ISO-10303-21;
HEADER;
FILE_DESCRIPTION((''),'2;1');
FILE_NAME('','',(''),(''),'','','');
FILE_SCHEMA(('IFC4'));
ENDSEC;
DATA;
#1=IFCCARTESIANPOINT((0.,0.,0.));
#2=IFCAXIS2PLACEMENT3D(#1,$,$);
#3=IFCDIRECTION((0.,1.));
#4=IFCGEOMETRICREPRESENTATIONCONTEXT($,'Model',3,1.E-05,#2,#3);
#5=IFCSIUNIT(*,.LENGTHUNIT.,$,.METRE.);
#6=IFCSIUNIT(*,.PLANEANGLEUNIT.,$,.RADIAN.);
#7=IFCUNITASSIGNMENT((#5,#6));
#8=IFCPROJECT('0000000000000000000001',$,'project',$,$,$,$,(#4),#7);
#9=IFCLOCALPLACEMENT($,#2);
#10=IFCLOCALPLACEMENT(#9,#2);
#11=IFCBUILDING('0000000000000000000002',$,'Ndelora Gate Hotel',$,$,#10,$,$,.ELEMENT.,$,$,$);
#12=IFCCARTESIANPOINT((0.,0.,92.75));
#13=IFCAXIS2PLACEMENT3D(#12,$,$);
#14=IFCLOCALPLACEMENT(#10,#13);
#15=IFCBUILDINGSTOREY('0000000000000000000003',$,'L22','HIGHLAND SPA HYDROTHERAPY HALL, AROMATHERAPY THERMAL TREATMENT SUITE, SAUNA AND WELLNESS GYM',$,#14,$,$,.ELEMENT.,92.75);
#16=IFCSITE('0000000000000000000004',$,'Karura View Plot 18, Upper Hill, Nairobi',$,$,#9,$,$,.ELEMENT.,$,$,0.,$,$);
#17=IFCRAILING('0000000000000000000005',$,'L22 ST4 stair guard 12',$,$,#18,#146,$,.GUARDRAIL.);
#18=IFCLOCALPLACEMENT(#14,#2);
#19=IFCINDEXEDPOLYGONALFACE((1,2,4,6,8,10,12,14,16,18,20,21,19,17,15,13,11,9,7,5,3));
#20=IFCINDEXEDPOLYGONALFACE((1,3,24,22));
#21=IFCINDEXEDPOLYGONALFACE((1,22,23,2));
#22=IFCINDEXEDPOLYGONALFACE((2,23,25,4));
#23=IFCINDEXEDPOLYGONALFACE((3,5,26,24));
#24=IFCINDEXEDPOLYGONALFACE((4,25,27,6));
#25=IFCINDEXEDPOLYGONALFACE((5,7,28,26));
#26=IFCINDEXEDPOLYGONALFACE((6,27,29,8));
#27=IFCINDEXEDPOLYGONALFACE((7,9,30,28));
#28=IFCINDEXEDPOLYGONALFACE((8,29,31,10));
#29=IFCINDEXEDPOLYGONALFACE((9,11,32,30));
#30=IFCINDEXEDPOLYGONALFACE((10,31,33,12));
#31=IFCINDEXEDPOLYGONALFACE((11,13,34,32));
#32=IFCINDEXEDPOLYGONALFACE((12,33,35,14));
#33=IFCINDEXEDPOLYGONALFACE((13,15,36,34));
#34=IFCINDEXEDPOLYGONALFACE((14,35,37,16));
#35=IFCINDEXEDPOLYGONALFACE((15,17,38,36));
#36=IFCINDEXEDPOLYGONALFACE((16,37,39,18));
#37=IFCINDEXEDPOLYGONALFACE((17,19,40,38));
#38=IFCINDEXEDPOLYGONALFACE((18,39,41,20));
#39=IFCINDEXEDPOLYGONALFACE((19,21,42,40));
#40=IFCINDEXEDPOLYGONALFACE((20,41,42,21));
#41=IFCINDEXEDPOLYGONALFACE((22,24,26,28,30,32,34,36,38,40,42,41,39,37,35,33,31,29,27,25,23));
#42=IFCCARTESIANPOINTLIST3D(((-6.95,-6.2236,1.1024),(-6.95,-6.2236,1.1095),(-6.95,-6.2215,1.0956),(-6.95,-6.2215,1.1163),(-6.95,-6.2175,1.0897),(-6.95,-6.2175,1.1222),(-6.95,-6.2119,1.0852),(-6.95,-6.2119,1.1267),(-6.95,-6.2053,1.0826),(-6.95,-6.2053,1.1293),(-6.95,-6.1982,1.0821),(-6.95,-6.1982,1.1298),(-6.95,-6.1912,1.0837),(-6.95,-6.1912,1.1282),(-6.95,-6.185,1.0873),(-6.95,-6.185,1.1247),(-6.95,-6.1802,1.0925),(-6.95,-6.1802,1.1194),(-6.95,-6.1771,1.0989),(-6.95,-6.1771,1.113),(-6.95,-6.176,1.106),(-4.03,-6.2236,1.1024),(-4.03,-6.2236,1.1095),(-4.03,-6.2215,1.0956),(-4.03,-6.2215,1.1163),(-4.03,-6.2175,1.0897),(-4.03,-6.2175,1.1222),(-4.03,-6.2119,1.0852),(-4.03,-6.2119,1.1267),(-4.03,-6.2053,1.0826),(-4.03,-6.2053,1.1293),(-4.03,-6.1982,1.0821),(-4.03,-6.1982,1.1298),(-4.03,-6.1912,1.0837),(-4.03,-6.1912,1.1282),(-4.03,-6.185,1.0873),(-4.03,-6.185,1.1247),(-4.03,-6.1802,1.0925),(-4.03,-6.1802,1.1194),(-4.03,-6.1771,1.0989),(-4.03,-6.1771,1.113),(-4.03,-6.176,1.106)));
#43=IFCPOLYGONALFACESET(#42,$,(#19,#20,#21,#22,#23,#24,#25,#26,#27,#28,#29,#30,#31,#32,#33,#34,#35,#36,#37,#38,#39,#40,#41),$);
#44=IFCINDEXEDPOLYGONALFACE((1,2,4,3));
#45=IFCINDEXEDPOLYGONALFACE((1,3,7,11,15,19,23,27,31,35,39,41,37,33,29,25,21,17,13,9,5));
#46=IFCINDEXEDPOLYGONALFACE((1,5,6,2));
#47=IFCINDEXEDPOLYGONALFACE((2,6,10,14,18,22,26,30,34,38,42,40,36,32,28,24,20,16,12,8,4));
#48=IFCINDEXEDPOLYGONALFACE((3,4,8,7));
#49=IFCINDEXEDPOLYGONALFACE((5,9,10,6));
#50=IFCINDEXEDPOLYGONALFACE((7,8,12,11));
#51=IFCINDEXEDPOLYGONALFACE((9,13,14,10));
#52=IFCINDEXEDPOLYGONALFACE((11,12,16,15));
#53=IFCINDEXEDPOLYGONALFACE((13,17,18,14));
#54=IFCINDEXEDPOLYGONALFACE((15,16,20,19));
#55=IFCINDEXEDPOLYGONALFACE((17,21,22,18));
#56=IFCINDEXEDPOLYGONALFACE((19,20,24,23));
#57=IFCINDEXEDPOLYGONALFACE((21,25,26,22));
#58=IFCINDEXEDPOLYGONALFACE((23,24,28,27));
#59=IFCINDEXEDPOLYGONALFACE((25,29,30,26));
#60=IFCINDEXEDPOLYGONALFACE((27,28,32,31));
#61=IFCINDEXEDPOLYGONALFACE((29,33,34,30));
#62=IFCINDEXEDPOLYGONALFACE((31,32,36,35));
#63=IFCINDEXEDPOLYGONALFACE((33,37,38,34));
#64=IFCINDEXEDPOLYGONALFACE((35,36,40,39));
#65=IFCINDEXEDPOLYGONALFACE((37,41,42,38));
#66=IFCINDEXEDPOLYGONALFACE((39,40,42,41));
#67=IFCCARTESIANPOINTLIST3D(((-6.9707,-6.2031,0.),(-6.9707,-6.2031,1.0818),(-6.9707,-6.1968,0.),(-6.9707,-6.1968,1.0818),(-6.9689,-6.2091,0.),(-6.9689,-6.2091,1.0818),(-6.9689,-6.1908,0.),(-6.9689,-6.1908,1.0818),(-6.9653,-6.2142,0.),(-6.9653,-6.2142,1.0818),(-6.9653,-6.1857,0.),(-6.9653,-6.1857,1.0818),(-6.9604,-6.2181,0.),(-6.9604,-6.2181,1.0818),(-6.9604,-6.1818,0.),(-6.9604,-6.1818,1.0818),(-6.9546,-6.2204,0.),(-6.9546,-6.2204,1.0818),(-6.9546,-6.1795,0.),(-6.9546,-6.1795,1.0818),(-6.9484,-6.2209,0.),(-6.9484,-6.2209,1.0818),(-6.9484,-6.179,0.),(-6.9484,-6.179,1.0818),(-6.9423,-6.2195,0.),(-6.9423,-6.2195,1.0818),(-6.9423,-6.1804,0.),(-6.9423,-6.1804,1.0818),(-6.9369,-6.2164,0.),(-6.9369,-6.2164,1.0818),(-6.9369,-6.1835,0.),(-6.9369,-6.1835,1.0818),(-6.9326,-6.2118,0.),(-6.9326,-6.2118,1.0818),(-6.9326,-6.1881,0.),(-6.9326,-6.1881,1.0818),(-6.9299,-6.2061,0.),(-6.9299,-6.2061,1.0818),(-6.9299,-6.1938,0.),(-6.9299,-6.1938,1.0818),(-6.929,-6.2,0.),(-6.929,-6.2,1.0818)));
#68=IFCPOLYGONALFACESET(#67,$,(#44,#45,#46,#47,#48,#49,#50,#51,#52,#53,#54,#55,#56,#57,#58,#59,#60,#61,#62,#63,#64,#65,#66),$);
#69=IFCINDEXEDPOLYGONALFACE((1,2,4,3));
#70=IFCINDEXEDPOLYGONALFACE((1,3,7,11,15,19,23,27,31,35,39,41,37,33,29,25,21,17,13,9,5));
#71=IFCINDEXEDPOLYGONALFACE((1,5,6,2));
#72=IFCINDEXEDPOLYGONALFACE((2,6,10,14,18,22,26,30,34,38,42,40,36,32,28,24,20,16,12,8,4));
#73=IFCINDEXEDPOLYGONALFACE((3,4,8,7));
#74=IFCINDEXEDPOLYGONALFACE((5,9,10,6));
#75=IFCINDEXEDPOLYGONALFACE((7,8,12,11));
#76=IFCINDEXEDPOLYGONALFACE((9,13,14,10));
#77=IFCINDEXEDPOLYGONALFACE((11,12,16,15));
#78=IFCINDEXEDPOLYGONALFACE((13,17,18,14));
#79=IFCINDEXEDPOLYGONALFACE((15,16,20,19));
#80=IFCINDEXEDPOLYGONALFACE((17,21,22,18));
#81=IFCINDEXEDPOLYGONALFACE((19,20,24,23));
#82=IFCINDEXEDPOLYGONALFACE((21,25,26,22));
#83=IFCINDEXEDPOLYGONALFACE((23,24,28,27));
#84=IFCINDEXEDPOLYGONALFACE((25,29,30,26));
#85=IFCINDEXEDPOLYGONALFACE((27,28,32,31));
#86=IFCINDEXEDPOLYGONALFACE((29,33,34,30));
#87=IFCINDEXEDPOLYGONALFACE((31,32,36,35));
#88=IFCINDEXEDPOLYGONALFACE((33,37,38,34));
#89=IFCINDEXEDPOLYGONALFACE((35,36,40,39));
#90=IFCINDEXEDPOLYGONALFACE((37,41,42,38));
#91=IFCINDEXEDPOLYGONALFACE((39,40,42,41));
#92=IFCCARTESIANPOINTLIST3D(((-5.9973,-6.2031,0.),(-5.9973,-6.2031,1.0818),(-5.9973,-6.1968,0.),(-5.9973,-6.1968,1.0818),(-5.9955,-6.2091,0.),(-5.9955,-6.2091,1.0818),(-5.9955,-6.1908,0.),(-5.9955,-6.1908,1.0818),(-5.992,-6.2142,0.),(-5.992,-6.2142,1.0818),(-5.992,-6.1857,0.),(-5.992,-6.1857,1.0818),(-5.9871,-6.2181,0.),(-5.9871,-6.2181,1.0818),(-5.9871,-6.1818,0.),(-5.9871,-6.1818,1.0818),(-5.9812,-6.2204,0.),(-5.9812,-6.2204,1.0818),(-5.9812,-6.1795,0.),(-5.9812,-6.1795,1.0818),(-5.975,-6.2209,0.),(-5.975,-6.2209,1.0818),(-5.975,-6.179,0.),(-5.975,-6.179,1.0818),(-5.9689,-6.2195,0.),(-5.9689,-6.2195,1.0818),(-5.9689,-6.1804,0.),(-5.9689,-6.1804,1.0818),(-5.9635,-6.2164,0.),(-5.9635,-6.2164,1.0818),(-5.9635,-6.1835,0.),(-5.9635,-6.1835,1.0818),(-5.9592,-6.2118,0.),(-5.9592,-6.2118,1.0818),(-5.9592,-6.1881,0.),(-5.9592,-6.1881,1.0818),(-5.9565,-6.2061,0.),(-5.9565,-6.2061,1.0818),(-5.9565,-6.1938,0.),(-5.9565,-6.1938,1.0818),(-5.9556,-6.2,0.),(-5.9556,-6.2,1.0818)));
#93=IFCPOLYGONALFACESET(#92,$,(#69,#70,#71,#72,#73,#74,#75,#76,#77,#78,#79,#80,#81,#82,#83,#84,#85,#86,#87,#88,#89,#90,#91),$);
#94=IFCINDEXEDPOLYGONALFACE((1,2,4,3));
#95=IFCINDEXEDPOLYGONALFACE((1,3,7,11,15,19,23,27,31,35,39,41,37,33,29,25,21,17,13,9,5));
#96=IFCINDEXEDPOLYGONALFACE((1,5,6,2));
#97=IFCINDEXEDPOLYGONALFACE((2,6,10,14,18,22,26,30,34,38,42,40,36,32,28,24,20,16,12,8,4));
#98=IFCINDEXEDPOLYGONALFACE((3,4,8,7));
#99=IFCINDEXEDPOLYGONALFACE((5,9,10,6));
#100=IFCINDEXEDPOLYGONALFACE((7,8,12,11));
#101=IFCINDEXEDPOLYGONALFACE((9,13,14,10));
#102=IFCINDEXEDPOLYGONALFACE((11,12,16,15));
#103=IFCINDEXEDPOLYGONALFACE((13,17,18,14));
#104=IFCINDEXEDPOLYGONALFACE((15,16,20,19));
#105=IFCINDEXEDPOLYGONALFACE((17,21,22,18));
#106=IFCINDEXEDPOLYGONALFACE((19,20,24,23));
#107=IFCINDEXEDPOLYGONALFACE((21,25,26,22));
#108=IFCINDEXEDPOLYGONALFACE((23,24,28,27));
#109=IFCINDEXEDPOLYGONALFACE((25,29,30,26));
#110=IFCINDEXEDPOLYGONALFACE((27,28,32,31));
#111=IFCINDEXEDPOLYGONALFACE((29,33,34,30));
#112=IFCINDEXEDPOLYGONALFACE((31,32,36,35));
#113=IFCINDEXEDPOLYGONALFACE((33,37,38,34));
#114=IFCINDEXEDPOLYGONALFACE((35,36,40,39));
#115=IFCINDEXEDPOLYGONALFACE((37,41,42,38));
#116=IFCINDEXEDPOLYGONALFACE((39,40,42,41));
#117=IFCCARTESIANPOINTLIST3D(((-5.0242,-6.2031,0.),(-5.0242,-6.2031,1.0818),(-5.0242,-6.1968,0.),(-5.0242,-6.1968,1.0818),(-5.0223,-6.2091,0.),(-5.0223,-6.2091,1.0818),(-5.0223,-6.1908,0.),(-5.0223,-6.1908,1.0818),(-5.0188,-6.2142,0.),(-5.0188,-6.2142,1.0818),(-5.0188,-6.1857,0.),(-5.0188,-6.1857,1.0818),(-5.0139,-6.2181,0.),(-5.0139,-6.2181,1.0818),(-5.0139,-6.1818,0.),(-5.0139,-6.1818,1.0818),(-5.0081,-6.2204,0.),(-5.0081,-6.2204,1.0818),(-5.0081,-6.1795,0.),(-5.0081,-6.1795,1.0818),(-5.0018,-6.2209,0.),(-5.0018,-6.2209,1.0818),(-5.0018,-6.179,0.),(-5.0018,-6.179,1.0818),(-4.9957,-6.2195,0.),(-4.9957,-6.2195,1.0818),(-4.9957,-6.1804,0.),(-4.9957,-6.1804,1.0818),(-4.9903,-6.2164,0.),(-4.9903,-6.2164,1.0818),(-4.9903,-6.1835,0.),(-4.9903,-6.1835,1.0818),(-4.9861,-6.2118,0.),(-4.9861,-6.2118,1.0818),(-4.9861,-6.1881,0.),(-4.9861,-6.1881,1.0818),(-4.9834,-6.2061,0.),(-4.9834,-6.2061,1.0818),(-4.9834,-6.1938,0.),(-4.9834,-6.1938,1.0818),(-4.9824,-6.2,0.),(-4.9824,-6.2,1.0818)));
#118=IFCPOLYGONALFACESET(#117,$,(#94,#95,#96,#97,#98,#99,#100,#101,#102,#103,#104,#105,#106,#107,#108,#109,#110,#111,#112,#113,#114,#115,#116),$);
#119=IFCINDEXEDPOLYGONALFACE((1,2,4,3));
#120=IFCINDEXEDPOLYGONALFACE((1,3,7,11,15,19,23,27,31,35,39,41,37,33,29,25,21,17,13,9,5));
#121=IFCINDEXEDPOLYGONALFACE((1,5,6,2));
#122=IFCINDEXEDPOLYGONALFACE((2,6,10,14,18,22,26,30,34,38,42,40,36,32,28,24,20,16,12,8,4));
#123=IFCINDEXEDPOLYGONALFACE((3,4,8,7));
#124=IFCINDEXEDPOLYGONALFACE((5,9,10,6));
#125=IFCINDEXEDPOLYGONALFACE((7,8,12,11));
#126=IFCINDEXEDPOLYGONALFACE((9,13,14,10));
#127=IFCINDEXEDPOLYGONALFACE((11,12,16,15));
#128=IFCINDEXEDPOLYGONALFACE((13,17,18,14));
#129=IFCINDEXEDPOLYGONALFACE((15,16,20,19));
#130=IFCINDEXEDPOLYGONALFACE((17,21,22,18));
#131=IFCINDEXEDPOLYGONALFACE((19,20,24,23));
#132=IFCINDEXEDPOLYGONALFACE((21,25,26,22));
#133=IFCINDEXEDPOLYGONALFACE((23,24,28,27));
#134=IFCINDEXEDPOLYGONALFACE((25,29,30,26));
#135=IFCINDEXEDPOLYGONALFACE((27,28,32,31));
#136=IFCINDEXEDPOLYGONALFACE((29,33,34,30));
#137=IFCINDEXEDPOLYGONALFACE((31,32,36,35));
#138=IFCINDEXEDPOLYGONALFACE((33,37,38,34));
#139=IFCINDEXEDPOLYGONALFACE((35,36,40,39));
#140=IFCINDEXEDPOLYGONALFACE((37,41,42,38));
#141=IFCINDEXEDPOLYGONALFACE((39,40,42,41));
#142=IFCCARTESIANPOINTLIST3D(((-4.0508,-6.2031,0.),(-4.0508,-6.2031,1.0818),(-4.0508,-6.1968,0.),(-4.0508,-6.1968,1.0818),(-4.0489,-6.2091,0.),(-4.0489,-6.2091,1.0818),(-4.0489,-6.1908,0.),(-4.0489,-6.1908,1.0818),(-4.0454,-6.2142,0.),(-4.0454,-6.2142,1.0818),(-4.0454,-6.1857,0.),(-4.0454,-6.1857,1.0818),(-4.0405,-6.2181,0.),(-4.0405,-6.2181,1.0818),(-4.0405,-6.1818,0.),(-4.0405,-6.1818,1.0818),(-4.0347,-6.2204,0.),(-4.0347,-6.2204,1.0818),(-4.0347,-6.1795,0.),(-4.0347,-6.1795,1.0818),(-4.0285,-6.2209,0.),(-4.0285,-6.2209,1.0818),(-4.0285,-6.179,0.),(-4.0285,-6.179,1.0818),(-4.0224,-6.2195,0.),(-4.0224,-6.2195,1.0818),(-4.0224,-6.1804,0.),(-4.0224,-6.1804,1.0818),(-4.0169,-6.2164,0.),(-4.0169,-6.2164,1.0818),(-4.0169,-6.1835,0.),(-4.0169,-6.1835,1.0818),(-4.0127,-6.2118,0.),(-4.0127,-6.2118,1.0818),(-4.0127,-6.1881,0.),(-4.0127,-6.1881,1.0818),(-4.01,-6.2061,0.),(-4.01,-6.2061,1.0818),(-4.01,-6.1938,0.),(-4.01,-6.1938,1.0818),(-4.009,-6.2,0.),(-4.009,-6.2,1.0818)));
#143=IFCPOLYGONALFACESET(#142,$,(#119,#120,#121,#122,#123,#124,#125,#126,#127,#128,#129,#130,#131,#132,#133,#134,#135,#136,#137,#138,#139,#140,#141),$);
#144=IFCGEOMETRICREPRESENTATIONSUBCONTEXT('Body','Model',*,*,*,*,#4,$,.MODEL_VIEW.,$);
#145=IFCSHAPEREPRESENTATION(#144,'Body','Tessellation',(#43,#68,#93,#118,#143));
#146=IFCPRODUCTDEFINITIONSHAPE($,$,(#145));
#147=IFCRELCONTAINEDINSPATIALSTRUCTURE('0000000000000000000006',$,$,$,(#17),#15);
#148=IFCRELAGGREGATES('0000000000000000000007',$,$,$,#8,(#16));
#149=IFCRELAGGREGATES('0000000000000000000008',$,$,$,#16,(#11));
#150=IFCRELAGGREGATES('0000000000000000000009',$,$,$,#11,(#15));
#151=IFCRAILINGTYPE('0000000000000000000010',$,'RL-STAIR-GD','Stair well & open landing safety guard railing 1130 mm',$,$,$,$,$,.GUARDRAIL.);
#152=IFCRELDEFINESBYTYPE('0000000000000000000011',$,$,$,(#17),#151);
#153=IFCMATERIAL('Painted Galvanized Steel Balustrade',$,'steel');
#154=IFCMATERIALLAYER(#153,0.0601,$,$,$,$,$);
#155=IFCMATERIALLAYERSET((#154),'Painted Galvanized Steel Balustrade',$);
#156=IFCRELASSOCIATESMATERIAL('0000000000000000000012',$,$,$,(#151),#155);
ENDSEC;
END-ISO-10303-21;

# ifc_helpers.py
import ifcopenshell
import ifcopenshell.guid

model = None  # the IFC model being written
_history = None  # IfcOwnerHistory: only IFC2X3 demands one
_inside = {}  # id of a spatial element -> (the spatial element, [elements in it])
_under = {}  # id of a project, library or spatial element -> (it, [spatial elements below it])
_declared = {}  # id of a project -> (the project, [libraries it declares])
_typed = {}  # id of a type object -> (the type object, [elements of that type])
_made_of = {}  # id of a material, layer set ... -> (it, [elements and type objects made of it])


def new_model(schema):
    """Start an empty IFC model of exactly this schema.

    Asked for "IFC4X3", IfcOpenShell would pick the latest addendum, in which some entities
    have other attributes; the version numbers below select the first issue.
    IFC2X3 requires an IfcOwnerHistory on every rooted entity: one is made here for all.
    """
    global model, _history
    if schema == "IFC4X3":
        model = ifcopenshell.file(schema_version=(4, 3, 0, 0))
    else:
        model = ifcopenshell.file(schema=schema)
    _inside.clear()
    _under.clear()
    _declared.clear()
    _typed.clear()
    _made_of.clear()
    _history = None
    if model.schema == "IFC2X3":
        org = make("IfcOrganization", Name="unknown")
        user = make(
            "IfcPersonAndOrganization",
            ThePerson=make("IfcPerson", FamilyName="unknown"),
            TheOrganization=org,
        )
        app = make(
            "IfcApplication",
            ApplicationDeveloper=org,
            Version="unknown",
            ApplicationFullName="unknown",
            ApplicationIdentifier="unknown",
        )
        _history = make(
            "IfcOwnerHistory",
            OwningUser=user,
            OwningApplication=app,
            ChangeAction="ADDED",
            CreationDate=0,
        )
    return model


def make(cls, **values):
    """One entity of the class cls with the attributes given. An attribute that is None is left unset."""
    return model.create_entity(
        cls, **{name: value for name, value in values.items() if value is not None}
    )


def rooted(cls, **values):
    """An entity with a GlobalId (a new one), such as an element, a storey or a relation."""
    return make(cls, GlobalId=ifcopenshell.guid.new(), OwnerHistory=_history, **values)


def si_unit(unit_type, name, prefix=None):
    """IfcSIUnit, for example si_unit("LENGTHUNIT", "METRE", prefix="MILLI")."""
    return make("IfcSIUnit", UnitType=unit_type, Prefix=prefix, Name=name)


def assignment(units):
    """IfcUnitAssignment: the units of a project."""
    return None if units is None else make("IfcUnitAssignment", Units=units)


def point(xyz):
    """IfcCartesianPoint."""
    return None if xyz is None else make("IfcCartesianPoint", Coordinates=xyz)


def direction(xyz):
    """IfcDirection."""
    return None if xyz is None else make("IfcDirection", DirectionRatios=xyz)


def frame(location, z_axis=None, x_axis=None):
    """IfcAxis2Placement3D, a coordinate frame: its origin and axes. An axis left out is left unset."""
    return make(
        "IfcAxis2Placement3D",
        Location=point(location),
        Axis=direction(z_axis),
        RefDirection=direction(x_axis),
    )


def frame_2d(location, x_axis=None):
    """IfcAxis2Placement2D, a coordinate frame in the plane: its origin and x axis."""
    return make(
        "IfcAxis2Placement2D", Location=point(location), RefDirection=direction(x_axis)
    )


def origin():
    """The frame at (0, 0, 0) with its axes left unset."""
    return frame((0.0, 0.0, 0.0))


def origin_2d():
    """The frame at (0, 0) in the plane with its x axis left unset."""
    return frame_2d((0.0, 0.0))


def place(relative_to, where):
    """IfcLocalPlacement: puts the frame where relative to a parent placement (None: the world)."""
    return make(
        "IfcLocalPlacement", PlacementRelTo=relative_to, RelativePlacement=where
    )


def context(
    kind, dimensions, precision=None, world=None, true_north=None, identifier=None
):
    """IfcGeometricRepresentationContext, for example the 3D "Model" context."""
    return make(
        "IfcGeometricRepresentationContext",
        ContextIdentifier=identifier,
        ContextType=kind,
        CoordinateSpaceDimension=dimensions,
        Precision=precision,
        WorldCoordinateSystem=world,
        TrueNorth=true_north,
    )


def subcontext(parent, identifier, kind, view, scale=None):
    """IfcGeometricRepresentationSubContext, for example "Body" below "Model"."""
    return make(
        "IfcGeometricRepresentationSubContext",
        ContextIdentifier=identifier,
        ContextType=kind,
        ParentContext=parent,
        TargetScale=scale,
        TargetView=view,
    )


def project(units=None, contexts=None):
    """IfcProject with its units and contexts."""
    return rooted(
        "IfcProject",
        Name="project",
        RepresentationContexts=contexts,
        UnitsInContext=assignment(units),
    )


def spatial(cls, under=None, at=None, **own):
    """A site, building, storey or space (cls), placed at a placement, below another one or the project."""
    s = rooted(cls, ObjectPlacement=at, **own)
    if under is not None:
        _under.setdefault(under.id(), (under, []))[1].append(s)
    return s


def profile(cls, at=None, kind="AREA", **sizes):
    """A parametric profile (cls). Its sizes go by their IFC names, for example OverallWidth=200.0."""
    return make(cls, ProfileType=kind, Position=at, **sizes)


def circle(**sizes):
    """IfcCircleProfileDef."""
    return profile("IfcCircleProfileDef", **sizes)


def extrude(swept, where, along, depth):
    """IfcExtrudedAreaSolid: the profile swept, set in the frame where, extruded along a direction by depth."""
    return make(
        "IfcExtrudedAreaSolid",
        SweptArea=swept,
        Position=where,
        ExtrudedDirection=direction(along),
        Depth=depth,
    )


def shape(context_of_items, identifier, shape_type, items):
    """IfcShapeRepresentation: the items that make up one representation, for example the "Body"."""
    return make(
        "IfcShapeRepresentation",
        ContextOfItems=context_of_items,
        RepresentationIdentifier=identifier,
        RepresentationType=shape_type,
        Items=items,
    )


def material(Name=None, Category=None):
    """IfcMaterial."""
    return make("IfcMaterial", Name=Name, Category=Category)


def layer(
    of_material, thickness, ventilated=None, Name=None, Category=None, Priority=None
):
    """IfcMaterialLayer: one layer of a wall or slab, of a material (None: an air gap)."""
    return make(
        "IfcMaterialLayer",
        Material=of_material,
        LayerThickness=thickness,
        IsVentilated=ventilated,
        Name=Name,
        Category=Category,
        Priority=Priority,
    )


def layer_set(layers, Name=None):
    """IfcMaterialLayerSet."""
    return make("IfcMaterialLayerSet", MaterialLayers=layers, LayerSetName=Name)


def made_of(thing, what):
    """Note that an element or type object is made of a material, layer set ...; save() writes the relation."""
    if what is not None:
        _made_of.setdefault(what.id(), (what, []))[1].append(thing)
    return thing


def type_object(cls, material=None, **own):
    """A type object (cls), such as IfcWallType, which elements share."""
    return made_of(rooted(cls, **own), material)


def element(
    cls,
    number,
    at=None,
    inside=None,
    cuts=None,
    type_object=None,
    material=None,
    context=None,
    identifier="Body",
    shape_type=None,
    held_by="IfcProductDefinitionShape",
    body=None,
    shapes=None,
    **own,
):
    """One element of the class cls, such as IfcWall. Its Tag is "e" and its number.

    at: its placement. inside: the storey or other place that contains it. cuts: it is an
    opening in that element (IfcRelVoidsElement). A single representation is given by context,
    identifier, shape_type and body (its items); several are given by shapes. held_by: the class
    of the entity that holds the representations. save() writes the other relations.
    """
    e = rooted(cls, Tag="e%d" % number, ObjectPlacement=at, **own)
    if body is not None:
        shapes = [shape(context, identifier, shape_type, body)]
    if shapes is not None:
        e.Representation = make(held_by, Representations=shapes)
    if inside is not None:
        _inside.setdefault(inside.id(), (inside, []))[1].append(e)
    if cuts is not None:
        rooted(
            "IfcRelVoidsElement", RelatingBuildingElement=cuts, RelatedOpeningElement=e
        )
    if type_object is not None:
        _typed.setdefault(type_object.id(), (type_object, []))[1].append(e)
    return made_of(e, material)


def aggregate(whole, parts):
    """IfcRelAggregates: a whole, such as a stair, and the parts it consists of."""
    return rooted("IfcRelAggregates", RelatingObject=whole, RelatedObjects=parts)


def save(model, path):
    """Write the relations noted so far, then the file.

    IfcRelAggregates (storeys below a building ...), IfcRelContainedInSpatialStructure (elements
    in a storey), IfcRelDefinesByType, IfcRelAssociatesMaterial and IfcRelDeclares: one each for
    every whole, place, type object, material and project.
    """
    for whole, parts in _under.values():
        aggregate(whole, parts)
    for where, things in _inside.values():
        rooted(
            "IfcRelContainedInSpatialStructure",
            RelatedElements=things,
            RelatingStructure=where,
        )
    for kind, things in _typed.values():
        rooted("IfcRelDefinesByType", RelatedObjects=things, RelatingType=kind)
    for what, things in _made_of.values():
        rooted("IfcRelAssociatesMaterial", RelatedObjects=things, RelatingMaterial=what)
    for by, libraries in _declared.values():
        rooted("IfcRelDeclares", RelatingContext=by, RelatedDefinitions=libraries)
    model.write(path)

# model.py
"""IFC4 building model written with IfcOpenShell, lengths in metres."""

from ifc_helpers import new_model, si_unit, direction, frame, origin, origin_2d, place, context, subcontext, project, spatial, circle, extrude, material, layer, layer_set, type_object, element, save


model = new_model("IFC4")

# Units and contexts
model_context = context("Model", 3, precision=1e-05, world=origin(), true_north=direction((0.0, 1.0)))
body_context = subcontext(model_context, "Body", "Model", "MODEL_VIEW")
ifc_project = project(units=[si_unit("LENGTHUNIT", "METRE"), si_unit("PLANEANGLEUNIT", "RADIAN")], contexts=[model_context])

# Site, building, storey
site_placement = place(None, origin())
site = spatial("IfcSite", under=ifc_project, at=site_placement, Name="Karura View Plot 18, Upper Hill, Nairobi", CompositionType="ELEMENT", RefElevation=0.0)
building_placement = place(site_placement, origin())
building = spatial("IfcBuilding", under=site, at=building_placement, Name="Ndelora Gate Hotel", CompositionType="ELEMENT")
storey_placement = place(building_placement, frame((0.0, 0.0, 92.75)))
storey = spatial("IfcBuildingStorey", under=building, at=storey_placement, Name="L22", Description="HIGHLAND SPA HYDROTHERAPY HALL, AROMATHERAPY THERMAL TREATMENT SUITE, SAUNA AND WELLNESS GYM", CompositionType="ELEMENT", Elevation=92.75)

# Railing
ifc_material_1 = material(Name="Painted Galvanized Steel Balustrade", Category="steel")
ifc_layer_1 = layer(ifc_material_1, 0.0601)
ifc_layer_set_1 = layer_set([ifc_layer_1], Name="Painted Galvanized Steel Balustrade")
railing_type_1 = type_object("IfcRailingType", Name="RL-STAIR-GD", Description="Stair well & open landing safety guard railing 1130 mm", PredefinedType="GUARDRAIL", material=ifc_layer_set_1)
railing_1_placement = place(storey_placement, frame((-6.95, -6.2, 0.0)))
element("IfcRailing", 1, at=railing_1_placement, inside=storey, type_object=railing_type_1, Name="L22 ST4 stair guard 12", PredefinedType="GUARDRAIL", context=body_context, shape_type="SweptSolid", body=[
    extrude(circle(Radius=0.0239, at=origin_2d()), frame((0.0, 0.0, 1.106), z_axis=(1.0, 0.0, 0.0), x_axis=(0.0, 1.0, 0.0)), (0.0, 0.0, 1.0), 2.9199),
    extrude(circle(Radius=0.021, at=origin_2d()), origin(), (0.0, 0.0, 1.0), 1.0818),
    extrude(circle(Radius=0.021, at=origin_2d()), frame((0.9734, 0.0, 0.0)), (0.0, 0.0, 1.0), 1.0818),
    extrude(circle(Radius=0.021, at=origin_2d()), frame((1.9465, 0.0, 0.0)), (0.0, 0.0, 1.0), 1.0818),
    extrude(circle(Radius=0.021, at=origin_2d()), frame((2.9199, 0.0, 0.0)), (0.0, 0.0, 1.0), 1.0818),
])

save(model, "model.ifc")
